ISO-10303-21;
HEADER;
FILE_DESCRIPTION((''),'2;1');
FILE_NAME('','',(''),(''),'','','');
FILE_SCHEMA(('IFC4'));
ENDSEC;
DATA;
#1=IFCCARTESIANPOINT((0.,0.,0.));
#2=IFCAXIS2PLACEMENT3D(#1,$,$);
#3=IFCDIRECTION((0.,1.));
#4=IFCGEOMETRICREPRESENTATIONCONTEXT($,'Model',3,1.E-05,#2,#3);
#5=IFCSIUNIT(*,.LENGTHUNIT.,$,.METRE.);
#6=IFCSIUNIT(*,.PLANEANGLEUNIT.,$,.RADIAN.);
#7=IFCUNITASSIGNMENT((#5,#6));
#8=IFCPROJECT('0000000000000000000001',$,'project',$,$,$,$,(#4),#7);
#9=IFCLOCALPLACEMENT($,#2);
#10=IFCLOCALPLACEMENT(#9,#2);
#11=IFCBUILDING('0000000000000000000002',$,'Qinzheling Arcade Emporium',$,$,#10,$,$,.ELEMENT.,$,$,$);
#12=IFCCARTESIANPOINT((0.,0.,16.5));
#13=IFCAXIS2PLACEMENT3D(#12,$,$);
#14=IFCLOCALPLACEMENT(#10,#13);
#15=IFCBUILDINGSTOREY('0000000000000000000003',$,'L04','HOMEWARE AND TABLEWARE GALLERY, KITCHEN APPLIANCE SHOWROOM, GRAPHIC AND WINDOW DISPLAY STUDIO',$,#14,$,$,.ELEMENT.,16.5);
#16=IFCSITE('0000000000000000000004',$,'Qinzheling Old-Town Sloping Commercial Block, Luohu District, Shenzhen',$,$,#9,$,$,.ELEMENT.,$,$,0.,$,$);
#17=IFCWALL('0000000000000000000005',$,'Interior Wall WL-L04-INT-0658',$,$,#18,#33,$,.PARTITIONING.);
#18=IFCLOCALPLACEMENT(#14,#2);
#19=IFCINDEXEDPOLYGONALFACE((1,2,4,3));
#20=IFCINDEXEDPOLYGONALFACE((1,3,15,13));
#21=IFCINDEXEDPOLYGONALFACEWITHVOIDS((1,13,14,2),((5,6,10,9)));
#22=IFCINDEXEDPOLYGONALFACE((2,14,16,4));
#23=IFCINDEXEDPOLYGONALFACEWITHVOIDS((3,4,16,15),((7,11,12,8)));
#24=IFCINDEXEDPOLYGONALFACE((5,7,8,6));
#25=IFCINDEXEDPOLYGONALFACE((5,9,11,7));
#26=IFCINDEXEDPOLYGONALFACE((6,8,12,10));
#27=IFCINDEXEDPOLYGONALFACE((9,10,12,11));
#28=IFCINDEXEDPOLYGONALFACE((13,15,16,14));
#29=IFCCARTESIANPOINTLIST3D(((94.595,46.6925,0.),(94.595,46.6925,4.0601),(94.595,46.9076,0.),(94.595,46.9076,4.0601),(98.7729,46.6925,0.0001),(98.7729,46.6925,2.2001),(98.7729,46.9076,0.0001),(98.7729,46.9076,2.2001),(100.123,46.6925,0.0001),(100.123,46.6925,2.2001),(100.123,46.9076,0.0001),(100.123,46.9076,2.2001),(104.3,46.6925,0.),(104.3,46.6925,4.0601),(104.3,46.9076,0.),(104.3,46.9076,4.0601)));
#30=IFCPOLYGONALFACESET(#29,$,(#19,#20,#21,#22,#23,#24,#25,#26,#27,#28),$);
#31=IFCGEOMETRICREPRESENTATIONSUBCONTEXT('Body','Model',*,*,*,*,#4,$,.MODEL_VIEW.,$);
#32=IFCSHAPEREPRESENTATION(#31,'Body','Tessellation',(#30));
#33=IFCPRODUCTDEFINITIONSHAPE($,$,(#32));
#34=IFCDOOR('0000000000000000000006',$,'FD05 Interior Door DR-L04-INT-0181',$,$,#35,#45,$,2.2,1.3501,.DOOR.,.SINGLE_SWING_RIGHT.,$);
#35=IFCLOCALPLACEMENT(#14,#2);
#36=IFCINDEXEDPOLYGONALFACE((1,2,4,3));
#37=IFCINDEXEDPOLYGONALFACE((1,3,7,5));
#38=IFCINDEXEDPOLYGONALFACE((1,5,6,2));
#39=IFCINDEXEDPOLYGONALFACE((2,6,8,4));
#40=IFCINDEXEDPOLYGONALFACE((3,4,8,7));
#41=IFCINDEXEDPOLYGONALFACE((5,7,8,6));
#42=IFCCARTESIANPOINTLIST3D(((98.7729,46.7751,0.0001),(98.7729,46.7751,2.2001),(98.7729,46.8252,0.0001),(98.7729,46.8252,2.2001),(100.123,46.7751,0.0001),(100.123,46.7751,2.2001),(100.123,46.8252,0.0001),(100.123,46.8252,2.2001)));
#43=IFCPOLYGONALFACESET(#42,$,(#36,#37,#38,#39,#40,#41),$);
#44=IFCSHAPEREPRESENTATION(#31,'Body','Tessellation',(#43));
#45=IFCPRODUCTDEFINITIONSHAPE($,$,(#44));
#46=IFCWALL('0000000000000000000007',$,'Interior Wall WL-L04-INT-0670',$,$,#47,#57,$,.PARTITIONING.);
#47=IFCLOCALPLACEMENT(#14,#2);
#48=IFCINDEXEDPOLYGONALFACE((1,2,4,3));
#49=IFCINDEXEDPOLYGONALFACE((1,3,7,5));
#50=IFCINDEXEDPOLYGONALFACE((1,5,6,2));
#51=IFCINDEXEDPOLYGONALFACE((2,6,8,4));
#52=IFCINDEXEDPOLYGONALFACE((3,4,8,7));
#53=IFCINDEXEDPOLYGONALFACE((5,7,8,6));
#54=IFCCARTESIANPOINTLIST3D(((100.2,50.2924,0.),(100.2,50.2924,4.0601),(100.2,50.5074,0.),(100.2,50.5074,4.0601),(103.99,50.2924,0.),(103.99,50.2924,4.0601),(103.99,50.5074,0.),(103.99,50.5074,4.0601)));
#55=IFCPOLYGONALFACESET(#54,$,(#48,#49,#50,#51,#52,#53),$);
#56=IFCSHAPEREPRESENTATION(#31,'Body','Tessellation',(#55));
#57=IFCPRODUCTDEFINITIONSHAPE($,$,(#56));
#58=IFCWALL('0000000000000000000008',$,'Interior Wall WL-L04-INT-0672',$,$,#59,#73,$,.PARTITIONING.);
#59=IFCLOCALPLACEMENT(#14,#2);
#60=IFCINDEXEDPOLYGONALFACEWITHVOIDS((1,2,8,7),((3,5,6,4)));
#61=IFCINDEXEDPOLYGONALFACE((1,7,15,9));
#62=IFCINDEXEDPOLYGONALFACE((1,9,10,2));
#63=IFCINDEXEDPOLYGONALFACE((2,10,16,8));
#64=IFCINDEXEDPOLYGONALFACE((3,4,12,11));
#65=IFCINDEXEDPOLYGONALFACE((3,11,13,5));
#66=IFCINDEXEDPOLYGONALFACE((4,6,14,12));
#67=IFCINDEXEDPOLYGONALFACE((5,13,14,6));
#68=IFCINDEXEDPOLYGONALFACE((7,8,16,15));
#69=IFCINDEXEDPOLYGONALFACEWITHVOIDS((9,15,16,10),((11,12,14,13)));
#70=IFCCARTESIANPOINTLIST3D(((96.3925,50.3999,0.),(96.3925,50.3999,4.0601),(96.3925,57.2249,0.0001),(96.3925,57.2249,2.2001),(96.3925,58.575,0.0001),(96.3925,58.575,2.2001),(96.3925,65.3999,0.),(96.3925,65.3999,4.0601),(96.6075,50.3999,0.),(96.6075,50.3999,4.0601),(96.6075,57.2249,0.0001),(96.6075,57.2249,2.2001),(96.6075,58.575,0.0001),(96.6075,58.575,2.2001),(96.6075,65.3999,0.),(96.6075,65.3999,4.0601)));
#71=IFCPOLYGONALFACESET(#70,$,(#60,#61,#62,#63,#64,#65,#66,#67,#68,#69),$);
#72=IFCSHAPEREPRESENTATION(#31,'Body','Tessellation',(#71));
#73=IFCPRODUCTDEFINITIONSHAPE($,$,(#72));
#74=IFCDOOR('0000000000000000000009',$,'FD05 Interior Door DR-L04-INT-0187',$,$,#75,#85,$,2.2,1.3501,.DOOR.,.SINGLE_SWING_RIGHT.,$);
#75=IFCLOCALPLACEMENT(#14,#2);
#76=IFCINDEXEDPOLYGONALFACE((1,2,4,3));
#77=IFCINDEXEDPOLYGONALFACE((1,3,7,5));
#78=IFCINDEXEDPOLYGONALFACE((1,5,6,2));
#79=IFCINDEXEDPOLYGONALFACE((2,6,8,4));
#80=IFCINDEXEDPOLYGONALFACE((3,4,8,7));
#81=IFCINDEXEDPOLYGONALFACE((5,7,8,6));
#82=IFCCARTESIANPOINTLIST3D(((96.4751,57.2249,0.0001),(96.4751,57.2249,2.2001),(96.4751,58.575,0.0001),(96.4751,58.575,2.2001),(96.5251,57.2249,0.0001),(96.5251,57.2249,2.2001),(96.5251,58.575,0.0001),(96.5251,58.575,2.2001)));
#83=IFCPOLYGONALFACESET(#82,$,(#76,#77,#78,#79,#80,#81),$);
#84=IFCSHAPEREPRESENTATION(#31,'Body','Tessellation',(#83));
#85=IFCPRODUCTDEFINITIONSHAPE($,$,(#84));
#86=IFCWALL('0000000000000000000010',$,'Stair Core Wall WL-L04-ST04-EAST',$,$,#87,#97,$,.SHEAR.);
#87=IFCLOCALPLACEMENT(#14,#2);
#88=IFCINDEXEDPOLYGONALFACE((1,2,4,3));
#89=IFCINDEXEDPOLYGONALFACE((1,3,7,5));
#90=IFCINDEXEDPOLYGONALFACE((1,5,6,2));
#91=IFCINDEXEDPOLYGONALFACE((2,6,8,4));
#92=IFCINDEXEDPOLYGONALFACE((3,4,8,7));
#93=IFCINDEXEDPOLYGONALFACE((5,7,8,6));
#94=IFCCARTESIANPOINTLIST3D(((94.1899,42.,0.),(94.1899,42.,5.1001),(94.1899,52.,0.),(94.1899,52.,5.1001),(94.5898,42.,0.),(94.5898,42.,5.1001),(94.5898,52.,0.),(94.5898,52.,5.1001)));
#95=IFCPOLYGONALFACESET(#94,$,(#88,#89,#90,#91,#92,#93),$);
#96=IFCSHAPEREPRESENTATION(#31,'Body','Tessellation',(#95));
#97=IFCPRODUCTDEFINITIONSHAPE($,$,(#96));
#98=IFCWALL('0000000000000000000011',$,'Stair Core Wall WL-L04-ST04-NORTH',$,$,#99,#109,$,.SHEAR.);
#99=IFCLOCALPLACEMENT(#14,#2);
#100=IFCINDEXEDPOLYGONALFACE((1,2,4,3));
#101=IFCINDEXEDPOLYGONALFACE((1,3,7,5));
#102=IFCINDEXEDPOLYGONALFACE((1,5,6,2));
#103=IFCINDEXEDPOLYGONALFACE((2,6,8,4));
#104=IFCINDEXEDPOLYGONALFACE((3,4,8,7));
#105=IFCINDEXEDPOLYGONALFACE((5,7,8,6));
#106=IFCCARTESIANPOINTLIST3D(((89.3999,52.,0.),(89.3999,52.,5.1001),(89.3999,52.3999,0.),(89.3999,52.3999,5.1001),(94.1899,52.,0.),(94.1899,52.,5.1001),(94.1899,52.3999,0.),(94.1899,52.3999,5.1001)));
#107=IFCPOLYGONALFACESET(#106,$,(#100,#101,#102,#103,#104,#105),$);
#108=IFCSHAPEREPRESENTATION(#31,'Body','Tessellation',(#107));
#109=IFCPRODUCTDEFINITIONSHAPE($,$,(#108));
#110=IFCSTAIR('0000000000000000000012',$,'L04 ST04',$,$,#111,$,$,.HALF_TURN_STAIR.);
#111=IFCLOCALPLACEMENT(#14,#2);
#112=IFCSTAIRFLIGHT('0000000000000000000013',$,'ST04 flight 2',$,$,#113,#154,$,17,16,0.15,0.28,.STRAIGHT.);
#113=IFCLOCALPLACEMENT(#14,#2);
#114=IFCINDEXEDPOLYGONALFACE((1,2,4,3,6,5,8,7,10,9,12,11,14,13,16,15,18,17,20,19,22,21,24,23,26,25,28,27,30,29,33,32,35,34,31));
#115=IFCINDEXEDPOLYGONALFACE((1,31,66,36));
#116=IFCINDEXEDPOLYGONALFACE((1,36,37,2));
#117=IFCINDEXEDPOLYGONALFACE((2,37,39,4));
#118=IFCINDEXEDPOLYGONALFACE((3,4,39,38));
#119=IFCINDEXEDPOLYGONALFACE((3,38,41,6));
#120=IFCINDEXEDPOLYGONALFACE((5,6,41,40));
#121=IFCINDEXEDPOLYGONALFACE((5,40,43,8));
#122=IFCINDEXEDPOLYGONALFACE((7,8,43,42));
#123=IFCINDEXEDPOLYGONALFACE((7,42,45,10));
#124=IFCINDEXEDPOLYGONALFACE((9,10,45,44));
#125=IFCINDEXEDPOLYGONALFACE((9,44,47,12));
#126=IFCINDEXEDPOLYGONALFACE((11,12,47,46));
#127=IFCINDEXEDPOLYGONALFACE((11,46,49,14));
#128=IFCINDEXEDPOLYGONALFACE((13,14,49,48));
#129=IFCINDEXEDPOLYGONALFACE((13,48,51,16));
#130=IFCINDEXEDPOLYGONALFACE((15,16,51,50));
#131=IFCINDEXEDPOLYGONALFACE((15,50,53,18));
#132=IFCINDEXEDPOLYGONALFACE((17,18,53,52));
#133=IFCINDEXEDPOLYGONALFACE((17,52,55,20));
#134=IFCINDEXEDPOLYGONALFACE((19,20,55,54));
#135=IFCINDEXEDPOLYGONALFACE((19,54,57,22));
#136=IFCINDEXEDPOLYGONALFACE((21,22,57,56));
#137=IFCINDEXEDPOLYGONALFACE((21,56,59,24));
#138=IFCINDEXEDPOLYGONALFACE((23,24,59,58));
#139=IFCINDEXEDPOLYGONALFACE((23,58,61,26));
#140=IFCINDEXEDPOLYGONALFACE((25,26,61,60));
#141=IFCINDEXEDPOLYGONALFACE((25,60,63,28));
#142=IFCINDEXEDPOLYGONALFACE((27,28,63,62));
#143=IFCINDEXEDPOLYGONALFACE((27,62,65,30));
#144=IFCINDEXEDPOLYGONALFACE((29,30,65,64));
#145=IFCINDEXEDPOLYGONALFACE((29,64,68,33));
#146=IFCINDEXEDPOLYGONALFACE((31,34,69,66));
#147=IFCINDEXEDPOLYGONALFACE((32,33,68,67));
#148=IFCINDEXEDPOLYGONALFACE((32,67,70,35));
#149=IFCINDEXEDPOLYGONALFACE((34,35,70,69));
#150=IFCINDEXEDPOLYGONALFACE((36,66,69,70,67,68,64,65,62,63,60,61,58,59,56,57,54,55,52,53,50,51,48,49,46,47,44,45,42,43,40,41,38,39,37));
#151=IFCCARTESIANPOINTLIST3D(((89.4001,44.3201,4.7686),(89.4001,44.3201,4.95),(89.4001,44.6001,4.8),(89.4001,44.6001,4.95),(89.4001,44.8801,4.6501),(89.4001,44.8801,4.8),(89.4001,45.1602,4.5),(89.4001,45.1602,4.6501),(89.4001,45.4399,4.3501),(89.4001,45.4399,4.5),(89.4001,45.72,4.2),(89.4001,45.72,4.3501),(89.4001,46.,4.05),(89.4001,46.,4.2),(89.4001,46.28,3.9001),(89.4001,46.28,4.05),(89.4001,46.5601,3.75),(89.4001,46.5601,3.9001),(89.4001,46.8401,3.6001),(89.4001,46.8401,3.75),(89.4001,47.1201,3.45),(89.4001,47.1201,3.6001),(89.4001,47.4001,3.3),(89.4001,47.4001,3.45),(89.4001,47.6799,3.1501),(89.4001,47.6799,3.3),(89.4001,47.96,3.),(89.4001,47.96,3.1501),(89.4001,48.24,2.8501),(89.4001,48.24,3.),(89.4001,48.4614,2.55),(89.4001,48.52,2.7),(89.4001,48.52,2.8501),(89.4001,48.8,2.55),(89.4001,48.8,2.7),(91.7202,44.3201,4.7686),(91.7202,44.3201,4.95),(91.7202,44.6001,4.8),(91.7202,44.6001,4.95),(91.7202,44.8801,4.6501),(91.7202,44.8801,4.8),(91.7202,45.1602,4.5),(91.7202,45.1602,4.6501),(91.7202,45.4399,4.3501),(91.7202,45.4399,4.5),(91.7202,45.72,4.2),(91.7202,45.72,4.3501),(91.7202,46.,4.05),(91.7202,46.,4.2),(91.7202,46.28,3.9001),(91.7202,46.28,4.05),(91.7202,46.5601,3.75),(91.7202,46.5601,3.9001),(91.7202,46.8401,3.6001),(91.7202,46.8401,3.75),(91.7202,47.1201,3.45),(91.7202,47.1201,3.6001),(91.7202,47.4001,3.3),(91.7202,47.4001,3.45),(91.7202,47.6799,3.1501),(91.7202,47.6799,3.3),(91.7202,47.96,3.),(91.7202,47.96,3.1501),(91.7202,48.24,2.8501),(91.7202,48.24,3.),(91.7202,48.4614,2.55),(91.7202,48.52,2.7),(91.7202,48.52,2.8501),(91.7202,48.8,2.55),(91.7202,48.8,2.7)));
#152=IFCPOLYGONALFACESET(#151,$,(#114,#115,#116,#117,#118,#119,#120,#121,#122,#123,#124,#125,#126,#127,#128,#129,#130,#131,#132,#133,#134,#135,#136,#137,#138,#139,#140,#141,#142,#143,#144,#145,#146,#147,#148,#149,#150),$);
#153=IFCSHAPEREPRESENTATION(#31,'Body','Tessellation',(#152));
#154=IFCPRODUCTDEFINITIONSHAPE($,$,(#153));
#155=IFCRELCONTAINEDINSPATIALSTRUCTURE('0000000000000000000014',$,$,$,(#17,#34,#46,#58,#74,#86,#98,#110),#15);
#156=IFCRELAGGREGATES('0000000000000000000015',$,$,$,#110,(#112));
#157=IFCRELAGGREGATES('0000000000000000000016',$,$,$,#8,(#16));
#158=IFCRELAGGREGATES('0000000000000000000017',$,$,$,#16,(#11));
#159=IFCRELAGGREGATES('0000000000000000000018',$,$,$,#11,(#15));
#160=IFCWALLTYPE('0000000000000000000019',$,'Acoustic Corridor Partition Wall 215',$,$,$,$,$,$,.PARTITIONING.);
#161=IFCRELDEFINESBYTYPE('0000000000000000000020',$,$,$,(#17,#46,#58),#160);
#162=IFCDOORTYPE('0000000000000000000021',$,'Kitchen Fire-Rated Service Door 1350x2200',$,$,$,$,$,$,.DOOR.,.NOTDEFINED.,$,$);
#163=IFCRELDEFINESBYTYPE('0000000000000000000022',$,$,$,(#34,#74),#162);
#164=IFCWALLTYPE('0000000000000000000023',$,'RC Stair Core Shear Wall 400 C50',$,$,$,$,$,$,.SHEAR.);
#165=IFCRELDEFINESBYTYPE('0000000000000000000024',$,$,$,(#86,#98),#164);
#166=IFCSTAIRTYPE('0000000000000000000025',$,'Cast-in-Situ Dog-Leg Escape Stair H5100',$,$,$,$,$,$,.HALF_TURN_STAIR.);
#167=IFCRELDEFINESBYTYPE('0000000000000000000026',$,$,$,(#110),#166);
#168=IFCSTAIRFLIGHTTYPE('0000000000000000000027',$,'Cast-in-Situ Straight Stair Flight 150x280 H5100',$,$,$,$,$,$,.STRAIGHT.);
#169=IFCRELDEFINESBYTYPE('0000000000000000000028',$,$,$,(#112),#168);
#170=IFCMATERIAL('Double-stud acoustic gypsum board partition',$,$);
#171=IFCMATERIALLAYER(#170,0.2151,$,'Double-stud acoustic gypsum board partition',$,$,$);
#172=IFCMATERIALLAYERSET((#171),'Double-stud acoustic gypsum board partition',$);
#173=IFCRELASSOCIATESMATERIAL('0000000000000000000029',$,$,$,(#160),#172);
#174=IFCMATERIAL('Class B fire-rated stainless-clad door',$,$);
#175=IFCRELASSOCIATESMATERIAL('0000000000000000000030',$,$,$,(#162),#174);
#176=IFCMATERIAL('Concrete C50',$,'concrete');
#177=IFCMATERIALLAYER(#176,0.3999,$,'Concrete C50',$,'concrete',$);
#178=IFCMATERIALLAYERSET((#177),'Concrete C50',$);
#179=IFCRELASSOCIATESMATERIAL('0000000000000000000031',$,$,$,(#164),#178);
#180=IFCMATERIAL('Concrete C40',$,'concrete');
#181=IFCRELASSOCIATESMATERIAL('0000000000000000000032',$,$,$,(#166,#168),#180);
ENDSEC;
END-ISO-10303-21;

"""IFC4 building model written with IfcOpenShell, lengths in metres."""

from ifc_helpers import new_model, si_unit, direction, frame, frame_2d, origin, place, context, subcontext, project, spatial, polyline, rectangle, outline, extrude, material, layer, layer_set, type_object, element, fill, aggregate, save


model = new_model("IFC4")

# Units and contexts
model_context = context("Model", 3, precision=1e-05, world=origin(), true_north=direction((0.0, 1.0)))
body_context = subcontext(model_context, "Body", "Model", "MODEL_VIEW")
ifc_project = project(units=[si_unit("LENGTHUNIT", "METRE"), si_unit("PLANEANGLEUNIT", "RADIAN")], contexts=[model_context])

# Site, building, storey
site_placement = place(None, origin())
site = spatial("IfcSite", under=ifc_project, at=site_placement, Name="Qinzheling Old-Town Sloping Commercial Block, Luohu District, Shenzhen", CompositionType="ELEMENT", RefElevation=0.0)
building_placement = place(site_placement, origin())
building = spatial("IfcBuilding", under=site, at=building_placement, Name="Qinzheling Arcade Emporium", CompositionType="ELEMENT")
storey_placement = place(building_placement, frame((0.0, 0.0, 16.5)))
storey = spatial("IfcBuildingStorey", under=building, at=storey_placement, Name="L04", Description="HOMEWARE AND TABLEWARE GALLERY, KITCHEN APPLIANCE SHOWROOM, GRAPHIC AND WINDOW DISPLAY STUDIO", CompositionType="ELEMENT", Elevation=16.5)

# Shared definitions
ifc_material_1 = material(Name="Concrete C40", Category="concrete")

# Wall, opening, door
ifc_material_2 = material(Name="Double-stud acoustic gypsum board partition")
ifc_layer_1 = layer(ifc_material_2, 0.2151, Name="Double-stud acoustic gypsum board partition")
ifc_layer_set_1 = layer_set([ifc_layer_1], Name="Double-stud acoustic gypsum board partition")
wall_type_1 = type_object("IfcWallType", Name="Acoustic Corridor Partition Wall 215", PredefinedType="PARTITIONING", material=ifc_layer_set_1)
wall_1_placement = place(storey_placement, frame((104.3, 46.8, 0.0), z_axis=(0.0, 0.0, 1.0), x_axis=(-1.0, 0.0, 0.0)))
wall_1 = element("IfcWall", 1, at=wall_1_placement, inside=storey, type_object=wall_type_1, Name="Interior Wall WL-L04-INT-0658", PredefinedType="PARTITIONING", context=body_context, shape_type="SweptSolid", body=[
    extrude(rectangle(XDim=9.7051, YDim=0.2151, at=frame_2d((4.8525, 0.0))), origin(), (0.0, 0.0, 1.0), 4.0601),
])
opening_1_placement = place(wall_1_placement, frame((4.177, 0.0, 0.0)))
opening_1 = element("IfcOpeningElement", 2, at=opening_1_placement, cuts=wall_1, PredefinedType="OPENING", context=body_context, shape_type="SweptSolid", body=[
    extrude(rectangle(XDim=1.3501, YDim=2.2, at=frame_2d((0.675, 1.1001))), frame((0.0, 0.1177, 0.0), z_axis=(0.0, -1.0, 0.0), x_axis=(1.0, 0.0, 0.0)), (0.0, 0.0, 1.0), 0.2351),
])
ifc_material_3 = material(Name="Class B fire-rated stainless-clad door")
door_type = type_object("IfcDoorType", Name="Kitchen Fire-Rated Service Door 1350x2200", OperationType="NOTDEFINED", PredefinedType="DOOR", material=ifc_material_3)
door_1_placement = place(opening_1_placement, origin())
door_1 = element("IfcDoor", 3, at=door_1_placement, inside=storey, type_object=door_type, Name="FD05 Interior Door DR-L04-INT-0181", OperationType="SINGLE_SWING_RIGHT", OverallHeight=2.2, OverallWidth=1.3501, PredefinedType="DOOR", context=body_context, shape_type="SweptSolid", body=[
    extrude(rectangle(XDim=1.3501, YDim=2.2, at=frame_2d((0.675, 1.1001))), frame((0.0, 0.0249, 0.0), z_axis=(0.0, -1.0, 0.0), x_axis=(1.0, 0.0, 0.0)), (0.0, 0.0, 1.0), 0.05),
])
fill(opening_1, door_1)

# Wall
wall_2_placement = place(storey_placement, frame((100.2, 50.3999, 0.0), z_axis=(0.0, 0.0, 1.0), x_axis=(1.0, 0.0, 0.0)))
element("IfcWall", 4, at=wall_2_placement, inside=storey, type_object=wall_type_1, Name="Interior Wall WL-L04-INT-0670", PredefinedType="PARTITIONING", context=body_context, shape_type="SweptSolid", body=[
    extrude(rectangle(XDim=3.79, YDim=0.2151, at=frame_2d((1.895, 0.0))), origin(), (0.0, 0.0, 1.0), 4.0601),
])

# Wall, opening, door
wall_3_placement = place(storey_placement, frame((96.5, 50.3999, 0.0), z_axis=(0.0, 0.0, 1.0), x_axis=(0.0, 1.0, 0.0)))
wall_3 = element("IfcWall", 5, at=wall_3_placement, inside=storey, type_object=wall_type_1, Name="Interior Wall WL-L04-INT-0672", PredefinedType="PARTITIONING", context=body_context, shape_type="SweptSolid", body=[
    extrude(rectangle(XDim=15.0, YDim=0.2151, at=frame_2d((7.5, 0.0))), origin(), (0.0, 0.0, 1.0), 4.0601),
])
opening_2_placement = place(wall_3_placement, frame((6.825, 0.0, 0.0)))
opening_2 = element("IfcOpeningElement", 6, at=opening_2_placement, cuts=wall_3, PredefinedType="OPENING", context=body_context, shape_type="SweptSolid", body=[
    extrude(rectangle(XDim=1.3501, YDim=2.2, at=frame_2d((0.675, 1.1001))), frame((0.0, 0.1177, 0.0), z_axis=(0.0, -1.0, 0.0), x_axis=(1.0, 0.0, 0.0)), (0.0, 0.0, 1.0), 0.2351),
])
door_2_placement = place(opening_2_placement, origin())
door_2 = element("IfcDoor", 7, at=door_2_placement, inside=storey, type_object=door_type, Name="FD05 Interior Door DR-L04-INT-0187", OperationType="SINGLE_SWING_RIGHT", OverallHeight=2.2, OverallWidth=1.3501, PredefinedType="DOOR", context=body_context, shape_type="SweptSolid", body=[
    extrude(rectangle(XDim=1.3501, YDim=2.2, at=frame_2d((0.675, 1.1001))), frame((0.0, 0.0249, 0.0), z_axis=(0.0, -1.0, 0.0), x_axis=(1.0, 0.0, 0.0)), (0.0, 0.0, 1.0), 0.05),
])
fill(opening_2, door_2)

# Walls
ifc_material_4 = material(Name="Concrete C50", Category="concrete")
ifc_layer_2 = layer(ifc_material_4, 0.3999, Name="Concrete C50", Category="concrete")
ifc_layer_set_2 = layer_set([ifc_layer_2], Name="Concrete C50")
wall_type_2 = type_object("IfcWallType", Name="RC Stair Core Shear Wall 400 C50", PredefinedType="SHEAR", material=ifc_layer_set_2)
wall_4_placement = place(storey_placement, frame((94.3899, 52.0, 0.0), z_axis=(0.0, 0.0, 1.0), x_axis=(0.0, -1.0, 0.0)))
element("IfcWall", 8, at=wall_4_placement, inside=storey, type_object=wall_type_2, Name="Stair Core Wall WL-L04-ST04-EAST", PredefinedType="SHEAR", context=body_context, shape_type="SweptSolid", body=[
    extrude(rectangle(XDim=10.0, YDim=0.3999, at=frame_2d((5.0, 0.0))), origin(), (0.0, 0.0, 1.0), 5.1001),
])
wall_5_placement = place(storey_placement, frame((89.3999, 52.2, 0.0), z_axis=(0.0, 0.0, 1.0), x_axis=(1.0, 0.0, 0.0)))
element("IfcWall", 9, at=wall_5_placement, inside=storey, type_object=wall_type_2, Name="Stair Core Wall WL-L04-ST04-NORTH", PredefinedType="SHEAR", context=body_context, shape_type="SweptSolid", body=[
    extrude(rectangle(XDim=4.79, YDim=0.3999, at=frame_2d((2.395, 0.0))), origin(), (0.0, 0.0, 1.0), 5.1001),
])

# Stair, stair flight
stair_type = type_object("IfcStairType", Name="Cast-in-Situ Dog-Leg Escape Stair H5100", PredefinedType="HALF_TURN_STAIR", material=ifc_material_1)
stair_placement = place(storey_placement, origin())
stair = element("IfcStair", 10, at=stair_placement, inside=storey, type_object=stair_type, Name="L04 ST04", PredefinedType="HALF_TURN_STAIR")
stair_flight_type = type_object("IfcStairFlightType", Name="Cast-in-Situ Straight Stair Flight 150x280 H5100", PredefinedType="STRAIGHT", material=ifc_material_1)
stair_flight_placement = place(storey_placement, frame((90.5601, 48.8, 2.55), z_axis=(0.0, 0.0, 1.0), x_axis=(0.0, -1.0, 0.0)))
stair_flight = element("IfcStairFlight", 11, at=stair_flight_placement, type_object=stair_flight_type, Name="ST04 flight 2", NumberOfRisers=17, NumberOfTreads=16, PredefinedType="STRAIGHT", RiserHeight=0.15, TreadLength=0.28, context=body_context, shape_type="SweptSolid", body=[
    extrude(outline(polyline([(0.0, 0.0), (0.0, 0.1499), (0.28, 0.1499), (0.28, 0.3), (0.5601, 0.3), (0.5601, 0.45), (0.8401, 0.45), (0.8401, 0.6001), (1.1201, 0.6001), (1.1201, 0.75), (1.3999, 0.75), (1.3999, 0.8999), (1.6799, 0.8999), (1.6799, 1.05), (1.96, 1.05), (1.96, 1.2), (2.24, 1.2), (2.24, 1.3501), (2.52, 1.3501), (2.52, 1.5), (2.8, 1.5), (2.8, 1.6499), (3.0801, 1.6499), (3.0801, 1.8), (3.3601, 1.8), (3.3601, 1.95), (3.6399, 1.95), (3.6399, 2.1001), (3.9199, 2.1001), (3.9199, 2.25), (4.2, 2.25), (4.2, 2.3999), (4.48, 2.3999), (4.48, 2.55), (4.48, 2.2185), (0.3386, 0.0), (0.0, 0.0)])), frame((0.0, 1.1602, 0.0), z_axis=(0.0, -1.0, 0.0), x_axis=(1.0, 0.0, 0.0)), (0.0, 0.0, 1.0), 2.3201),
])
aggregate(stair, [stair_flight])

save(model, "model.ifc")
